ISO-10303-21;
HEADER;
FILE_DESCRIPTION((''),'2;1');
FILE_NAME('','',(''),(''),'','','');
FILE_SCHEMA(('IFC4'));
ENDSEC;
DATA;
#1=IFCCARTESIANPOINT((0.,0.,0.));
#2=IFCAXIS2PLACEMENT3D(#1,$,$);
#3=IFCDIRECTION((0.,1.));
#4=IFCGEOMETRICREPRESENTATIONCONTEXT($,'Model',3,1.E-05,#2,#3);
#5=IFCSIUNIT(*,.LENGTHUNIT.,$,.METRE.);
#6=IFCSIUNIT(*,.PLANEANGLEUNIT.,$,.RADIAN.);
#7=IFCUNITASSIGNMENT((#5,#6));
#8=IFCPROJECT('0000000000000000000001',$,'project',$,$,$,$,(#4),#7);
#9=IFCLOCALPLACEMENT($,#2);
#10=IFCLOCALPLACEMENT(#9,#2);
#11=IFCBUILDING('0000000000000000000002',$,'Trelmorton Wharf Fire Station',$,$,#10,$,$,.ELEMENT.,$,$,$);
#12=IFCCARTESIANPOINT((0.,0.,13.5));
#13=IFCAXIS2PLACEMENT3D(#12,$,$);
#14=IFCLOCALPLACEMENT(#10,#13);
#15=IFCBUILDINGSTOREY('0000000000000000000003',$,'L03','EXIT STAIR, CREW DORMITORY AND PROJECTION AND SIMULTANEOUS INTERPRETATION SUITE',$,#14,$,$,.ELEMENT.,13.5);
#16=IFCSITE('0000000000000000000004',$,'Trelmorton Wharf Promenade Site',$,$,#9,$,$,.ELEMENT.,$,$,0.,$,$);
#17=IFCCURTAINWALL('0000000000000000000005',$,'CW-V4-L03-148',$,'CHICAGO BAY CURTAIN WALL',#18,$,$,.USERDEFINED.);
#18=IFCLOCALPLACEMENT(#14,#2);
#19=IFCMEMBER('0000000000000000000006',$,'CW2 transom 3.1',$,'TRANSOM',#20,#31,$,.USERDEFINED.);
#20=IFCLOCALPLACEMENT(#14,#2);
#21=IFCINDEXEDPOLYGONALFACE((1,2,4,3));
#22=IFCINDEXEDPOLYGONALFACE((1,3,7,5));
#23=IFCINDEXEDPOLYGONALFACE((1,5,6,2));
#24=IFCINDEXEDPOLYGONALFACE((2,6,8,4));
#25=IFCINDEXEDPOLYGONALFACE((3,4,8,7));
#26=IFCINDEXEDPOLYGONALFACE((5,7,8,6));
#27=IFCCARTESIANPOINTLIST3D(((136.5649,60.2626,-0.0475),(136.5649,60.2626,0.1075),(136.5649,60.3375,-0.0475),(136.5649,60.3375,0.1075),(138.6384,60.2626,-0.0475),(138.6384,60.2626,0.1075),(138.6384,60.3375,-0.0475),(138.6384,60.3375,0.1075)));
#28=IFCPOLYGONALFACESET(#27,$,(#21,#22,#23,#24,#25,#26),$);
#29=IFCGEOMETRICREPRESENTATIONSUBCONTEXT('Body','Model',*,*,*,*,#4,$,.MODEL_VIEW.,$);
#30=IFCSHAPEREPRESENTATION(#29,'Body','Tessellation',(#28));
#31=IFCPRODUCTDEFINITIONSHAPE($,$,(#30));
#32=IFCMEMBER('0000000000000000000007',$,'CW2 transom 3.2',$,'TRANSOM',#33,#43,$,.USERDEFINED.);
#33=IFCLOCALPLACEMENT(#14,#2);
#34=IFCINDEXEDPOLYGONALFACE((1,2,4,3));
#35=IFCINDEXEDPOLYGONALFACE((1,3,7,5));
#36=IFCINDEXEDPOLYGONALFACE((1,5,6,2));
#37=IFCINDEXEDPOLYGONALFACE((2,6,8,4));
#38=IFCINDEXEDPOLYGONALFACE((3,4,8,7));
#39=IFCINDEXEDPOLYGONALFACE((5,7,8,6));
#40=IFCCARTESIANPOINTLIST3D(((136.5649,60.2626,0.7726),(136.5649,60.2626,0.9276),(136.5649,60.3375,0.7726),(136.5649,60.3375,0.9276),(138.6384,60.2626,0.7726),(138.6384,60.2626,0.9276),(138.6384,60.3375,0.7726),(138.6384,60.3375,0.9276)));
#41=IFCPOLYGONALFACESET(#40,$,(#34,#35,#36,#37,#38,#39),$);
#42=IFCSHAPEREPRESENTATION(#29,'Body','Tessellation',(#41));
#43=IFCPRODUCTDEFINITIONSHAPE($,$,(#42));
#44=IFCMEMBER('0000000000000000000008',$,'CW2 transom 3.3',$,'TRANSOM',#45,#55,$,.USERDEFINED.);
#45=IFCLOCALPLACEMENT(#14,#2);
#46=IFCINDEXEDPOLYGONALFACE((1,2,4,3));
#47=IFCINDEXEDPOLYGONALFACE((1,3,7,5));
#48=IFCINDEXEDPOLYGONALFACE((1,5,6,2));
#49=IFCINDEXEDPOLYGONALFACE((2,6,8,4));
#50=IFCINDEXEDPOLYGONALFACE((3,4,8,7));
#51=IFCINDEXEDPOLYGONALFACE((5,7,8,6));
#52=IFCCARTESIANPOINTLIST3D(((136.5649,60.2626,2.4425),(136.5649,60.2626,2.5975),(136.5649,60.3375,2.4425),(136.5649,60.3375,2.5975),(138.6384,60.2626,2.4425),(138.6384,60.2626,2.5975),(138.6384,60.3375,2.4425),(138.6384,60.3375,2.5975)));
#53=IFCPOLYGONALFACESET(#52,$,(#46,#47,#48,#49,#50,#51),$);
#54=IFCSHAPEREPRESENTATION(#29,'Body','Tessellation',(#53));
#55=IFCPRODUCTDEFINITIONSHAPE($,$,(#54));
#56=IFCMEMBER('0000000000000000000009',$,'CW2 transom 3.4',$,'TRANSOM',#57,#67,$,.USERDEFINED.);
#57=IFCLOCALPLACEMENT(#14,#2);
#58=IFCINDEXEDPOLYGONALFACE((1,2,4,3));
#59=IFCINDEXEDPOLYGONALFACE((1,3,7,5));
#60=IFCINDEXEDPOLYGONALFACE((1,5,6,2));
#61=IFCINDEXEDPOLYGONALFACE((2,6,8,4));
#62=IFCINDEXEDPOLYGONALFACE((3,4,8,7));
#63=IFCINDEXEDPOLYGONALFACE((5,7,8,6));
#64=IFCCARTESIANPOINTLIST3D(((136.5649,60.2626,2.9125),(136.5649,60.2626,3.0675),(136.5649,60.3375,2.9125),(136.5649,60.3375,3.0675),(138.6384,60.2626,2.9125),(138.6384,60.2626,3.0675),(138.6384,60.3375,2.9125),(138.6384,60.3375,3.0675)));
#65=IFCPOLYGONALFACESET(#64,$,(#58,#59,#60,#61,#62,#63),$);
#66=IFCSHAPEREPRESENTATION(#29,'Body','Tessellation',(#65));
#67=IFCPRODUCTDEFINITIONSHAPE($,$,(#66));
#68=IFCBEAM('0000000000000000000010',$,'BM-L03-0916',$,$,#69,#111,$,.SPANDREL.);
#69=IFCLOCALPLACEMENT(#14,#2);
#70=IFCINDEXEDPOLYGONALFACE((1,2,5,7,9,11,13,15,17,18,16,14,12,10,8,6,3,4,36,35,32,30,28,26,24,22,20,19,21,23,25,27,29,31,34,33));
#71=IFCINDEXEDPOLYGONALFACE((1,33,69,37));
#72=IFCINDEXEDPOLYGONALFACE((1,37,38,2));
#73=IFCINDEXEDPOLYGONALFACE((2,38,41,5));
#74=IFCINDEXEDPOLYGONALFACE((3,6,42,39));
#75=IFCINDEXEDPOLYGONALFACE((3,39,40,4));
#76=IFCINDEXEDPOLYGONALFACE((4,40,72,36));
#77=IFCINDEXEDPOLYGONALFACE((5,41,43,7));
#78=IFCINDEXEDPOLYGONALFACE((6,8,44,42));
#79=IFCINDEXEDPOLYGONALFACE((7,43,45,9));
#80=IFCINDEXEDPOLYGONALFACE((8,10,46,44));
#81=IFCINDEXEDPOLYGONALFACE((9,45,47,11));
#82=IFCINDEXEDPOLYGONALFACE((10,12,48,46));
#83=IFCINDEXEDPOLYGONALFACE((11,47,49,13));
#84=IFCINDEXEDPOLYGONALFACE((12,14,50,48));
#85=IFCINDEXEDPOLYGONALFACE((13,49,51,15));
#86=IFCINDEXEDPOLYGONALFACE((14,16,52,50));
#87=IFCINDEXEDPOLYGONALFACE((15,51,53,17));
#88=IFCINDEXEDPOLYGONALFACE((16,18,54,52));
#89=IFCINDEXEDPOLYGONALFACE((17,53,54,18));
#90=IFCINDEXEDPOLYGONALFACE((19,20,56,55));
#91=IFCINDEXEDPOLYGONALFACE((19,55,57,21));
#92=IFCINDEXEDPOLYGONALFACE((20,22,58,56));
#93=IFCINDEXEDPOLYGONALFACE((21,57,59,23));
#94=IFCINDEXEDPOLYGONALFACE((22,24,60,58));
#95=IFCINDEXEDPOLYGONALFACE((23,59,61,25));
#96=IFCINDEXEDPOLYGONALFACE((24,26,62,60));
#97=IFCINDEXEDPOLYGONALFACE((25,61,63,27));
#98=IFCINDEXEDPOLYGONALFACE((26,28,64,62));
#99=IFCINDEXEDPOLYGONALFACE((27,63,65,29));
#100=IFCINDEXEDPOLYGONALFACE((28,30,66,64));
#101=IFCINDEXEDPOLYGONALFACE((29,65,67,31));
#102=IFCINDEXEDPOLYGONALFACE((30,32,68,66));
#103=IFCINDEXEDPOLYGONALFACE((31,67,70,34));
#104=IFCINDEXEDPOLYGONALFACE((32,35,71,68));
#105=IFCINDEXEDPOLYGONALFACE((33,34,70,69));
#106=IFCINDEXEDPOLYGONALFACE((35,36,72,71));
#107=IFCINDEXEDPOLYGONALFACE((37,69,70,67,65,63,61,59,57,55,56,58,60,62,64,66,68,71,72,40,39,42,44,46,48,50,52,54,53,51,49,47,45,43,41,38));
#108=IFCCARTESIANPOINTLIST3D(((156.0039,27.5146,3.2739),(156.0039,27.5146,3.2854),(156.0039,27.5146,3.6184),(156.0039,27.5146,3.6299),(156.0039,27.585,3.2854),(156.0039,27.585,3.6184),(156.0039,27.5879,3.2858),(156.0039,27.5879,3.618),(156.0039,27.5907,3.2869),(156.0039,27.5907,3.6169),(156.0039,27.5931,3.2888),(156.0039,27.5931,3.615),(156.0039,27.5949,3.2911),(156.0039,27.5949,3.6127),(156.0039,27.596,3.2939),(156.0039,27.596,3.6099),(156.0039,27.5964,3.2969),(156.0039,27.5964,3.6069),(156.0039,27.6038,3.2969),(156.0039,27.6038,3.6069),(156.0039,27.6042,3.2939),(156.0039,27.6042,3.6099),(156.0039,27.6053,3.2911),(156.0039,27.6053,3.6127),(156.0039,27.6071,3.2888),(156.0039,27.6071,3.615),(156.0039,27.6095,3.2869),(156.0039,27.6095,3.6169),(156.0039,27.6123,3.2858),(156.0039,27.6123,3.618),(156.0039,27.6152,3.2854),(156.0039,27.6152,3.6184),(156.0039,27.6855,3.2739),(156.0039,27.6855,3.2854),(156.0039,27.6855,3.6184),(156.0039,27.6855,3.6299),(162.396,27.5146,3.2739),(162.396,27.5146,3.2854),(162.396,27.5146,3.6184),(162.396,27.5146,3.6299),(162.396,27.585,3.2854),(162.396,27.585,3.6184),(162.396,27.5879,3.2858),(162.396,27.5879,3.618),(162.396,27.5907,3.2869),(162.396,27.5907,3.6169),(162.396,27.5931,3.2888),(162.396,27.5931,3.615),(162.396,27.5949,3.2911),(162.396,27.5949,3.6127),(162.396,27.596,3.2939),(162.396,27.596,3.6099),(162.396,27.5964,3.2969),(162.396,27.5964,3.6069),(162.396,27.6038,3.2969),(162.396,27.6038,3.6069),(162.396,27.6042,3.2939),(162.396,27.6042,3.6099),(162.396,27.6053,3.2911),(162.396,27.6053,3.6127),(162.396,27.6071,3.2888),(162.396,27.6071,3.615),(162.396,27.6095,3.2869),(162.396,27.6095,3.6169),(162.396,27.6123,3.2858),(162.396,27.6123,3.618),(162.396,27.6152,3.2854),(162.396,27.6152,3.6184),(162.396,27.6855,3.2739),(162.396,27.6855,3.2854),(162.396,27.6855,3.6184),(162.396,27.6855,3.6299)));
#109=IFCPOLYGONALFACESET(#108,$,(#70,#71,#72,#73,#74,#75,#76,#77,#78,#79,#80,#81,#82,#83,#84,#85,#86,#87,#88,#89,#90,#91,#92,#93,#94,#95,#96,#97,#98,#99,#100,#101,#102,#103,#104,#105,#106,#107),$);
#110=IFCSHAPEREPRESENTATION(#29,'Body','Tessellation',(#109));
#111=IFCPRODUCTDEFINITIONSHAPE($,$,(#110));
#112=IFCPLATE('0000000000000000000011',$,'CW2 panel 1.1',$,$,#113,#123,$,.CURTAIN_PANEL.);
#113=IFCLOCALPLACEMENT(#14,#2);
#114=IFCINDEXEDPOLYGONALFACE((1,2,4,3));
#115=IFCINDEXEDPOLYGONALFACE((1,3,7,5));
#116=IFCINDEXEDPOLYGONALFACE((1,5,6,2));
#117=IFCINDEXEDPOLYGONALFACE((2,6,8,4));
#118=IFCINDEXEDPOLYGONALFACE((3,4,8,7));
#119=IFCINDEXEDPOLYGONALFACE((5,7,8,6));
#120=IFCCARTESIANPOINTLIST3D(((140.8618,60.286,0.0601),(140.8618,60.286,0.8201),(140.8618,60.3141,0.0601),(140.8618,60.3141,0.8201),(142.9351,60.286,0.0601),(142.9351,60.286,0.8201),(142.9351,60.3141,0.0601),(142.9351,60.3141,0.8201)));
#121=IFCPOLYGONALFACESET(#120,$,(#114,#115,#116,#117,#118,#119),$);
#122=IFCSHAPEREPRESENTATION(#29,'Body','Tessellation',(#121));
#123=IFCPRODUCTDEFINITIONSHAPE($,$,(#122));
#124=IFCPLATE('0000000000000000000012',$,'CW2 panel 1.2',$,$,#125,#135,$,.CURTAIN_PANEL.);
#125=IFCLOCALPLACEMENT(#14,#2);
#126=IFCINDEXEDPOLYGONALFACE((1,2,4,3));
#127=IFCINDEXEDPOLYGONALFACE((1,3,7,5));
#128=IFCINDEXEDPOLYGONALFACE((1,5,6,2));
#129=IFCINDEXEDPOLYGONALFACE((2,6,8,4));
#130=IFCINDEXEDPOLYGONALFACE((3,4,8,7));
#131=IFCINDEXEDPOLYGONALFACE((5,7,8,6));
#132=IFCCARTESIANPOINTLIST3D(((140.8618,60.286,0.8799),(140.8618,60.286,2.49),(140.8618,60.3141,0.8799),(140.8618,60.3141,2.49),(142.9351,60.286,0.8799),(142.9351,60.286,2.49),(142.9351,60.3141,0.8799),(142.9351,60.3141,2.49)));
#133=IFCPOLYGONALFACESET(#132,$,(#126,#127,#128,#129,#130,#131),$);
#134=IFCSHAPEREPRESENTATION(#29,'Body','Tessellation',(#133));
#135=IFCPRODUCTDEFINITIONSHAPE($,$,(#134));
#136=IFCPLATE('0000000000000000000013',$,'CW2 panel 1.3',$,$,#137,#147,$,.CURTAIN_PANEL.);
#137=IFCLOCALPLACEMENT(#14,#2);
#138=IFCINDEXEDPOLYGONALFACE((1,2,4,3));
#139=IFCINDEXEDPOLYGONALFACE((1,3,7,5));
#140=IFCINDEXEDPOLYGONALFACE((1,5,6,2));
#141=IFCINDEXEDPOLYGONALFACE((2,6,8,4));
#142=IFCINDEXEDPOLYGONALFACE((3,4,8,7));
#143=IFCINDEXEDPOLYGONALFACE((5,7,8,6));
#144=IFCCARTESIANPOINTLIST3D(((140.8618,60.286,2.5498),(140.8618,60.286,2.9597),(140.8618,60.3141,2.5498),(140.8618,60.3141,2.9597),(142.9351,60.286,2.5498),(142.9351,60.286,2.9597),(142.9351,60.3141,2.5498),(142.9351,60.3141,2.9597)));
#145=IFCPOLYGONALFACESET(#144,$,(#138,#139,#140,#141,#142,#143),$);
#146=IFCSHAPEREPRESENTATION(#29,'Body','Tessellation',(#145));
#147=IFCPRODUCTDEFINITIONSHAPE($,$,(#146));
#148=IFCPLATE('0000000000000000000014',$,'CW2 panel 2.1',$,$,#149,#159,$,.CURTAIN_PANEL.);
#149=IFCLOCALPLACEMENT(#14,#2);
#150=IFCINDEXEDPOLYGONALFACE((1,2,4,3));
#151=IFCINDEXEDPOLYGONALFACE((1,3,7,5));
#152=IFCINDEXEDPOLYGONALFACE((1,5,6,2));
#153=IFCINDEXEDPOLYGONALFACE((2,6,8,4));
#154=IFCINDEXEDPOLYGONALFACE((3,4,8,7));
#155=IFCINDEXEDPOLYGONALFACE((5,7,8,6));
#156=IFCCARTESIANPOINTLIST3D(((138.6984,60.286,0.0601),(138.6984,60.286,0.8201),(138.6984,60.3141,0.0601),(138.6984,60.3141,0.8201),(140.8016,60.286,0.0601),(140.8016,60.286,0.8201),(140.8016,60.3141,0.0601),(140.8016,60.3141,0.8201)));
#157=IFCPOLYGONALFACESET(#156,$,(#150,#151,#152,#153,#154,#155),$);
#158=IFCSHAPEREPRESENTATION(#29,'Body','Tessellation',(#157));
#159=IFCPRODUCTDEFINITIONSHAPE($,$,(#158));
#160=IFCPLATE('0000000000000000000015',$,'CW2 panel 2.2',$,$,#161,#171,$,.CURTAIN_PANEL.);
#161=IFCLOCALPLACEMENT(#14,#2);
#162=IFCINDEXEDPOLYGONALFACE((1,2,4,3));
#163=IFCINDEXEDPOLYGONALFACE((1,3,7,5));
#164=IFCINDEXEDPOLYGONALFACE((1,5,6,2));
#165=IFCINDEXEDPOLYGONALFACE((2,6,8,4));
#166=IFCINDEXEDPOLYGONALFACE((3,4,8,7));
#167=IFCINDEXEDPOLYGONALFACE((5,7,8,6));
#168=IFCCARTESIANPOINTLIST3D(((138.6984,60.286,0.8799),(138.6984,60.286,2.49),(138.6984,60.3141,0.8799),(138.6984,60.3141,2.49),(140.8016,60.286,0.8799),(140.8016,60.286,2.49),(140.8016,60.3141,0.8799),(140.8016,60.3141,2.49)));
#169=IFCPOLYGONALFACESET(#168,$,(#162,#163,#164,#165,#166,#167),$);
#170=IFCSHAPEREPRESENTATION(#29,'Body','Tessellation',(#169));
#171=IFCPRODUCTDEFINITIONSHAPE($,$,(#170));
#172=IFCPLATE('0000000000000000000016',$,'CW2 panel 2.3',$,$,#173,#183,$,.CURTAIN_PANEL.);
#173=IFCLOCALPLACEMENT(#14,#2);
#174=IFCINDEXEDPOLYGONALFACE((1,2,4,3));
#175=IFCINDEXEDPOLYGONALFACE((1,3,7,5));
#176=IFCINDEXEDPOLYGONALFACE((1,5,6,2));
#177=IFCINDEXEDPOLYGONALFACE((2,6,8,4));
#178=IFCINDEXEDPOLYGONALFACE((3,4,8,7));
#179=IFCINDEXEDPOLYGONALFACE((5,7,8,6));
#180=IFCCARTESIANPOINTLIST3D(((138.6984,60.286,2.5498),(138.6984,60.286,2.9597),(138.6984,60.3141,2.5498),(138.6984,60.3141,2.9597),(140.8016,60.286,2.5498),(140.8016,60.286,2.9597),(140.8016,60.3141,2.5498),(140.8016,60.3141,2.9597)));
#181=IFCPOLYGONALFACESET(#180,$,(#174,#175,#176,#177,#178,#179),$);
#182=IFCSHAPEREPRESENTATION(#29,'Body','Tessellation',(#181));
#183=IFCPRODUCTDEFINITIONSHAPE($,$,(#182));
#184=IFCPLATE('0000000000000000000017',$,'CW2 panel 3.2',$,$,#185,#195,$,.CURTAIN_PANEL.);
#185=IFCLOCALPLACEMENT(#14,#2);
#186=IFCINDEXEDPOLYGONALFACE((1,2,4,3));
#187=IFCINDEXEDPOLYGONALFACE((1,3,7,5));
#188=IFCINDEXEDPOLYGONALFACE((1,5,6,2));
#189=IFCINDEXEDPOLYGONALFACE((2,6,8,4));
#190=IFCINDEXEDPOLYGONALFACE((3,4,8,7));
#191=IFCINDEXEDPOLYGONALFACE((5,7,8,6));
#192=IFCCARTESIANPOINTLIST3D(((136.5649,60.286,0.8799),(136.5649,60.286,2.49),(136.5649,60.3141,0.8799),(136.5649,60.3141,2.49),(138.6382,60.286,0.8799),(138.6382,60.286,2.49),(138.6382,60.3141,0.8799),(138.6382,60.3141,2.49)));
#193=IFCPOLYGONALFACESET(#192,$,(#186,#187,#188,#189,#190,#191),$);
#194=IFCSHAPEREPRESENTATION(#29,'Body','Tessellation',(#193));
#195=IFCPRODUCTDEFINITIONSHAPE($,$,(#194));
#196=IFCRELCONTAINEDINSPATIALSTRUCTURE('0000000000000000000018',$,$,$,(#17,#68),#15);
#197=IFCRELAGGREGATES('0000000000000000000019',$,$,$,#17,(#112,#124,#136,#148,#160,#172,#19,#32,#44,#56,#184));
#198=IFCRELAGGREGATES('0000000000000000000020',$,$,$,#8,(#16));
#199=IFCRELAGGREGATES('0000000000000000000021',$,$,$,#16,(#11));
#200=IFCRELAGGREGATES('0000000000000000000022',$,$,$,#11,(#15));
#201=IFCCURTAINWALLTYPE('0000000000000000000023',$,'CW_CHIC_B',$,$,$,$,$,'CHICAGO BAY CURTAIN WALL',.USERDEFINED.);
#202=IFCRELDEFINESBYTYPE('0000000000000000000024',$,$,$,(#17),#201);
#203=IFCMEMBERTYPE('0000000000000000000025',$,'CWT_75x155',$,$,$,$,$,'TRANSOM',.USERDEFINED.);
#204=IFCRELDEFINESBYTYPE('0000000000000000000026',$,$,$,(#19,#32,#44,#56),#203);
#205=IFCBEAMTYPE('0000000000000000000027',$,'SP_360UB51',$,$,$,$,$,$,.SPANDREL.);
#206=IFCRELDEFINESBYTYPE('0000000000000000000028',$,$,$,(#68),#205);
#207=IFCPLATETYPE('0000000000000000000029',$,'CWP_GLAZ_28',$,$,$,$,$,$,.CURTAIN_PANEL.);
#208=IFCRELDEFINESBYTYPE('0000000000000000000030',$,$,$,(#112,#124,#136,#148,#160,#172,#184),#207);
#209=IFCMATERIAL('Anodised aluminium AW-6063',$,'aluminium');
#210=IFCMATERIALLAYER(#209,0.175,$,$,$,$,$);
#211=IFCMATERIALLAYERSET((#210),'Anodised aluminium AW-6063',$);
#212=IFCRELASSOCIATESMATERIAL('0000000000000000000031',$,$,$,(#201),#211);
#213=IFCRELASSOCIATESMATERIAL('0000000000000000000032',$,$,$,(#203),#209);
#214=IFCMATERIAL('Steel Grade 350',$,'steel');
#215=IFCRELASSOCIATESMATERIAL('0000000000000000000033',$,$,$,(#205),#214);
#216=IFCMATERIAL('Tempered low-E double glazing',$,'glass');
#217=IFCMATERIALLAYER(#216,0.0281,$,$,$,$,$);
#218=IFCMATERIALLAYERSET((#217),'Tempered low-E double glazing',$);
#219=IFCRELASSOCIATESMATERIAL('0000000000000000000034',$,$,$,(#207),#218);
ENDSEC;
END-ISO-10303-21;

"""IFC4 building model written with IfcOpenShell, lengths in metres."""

from ifc_helpers import new_model, si_unit, direction, frame, origin, origin_2d, place, context, subcontext, project, spatial, rectangle, i_section, extrude, material, layer, layer_set, material_profile, profile_set, type_object, element, aggregate, save


model = new_model("IFC4")

# Units and contexts
model_context = context("Model", 3, precision=1e-05, world=origin(), true_north=direction((0.0, 1.0)))
body_context = subcontext(model_context, "Body", "Model", "MODEL_VIEW")
ifc_project = project(units=[si_unit("LENGTHUNIT", "METRE"), si_unit("PLANEANGLEUNIT", "RADIAN")], contexts=[model_context])

# Site, building, storey
site_placement = place(None, origin())
site = spatial("IfcSite", under=ifc_project, at=site_placement, Name="Trelmorton Wharf Promenade Site", CompositionType="ELEMENT", RefElevation=0.0)
building_placement = place(site_placement, origin())
building = spatial("IfcBuilding", under=site, at=building_placement, Name="Trelmorton Wharf Fire Station", CompositionType="ELEMENT")
storey_placement = place(building_placement, frame((0.0, 0.0, 13.5)))
storey = spatial("IfcBuildingStorey", under=building, at=storey_placement, Name="L03", Description="EXIT STAIR, CREW DORMITORY AND PROJECTION AND SIMULTANEOUS INTERPRETATION SUITE", CompositionType="ELEMENT", Elevation=13.5)

# Shared definitions
ifc_material_1 = material(Name="Steel Grade 350", Category="steel")

# Curtain wall, members
ifc_material_2 = material(Name="Anodised aluminium AW-6063", Category="aluminium")
ifc_layer_1 = layer(ifc_material_2, 0.175)
ifc_layer_set_1 = layer_set([ifc_layer_1], Name="Anodised aluminium AW-6063")
curtain_wall_type = type_object("IfcCurtainWallType", Name="CW_CHIC_B", ElementType="CHICAGO BAY CURTAIN WALL", PredefinedType="USERDEFINED", material=ifc_layer_set_1)
curtain_wall_placement = place(storey_placement, origin())
curtain_wall = element("IfcCurtainWall", 1, at=curtain_wall_placement, inside=storey, type_object=curtain_wall_type, Name="CW-V4-L03-148", ObjectType="CHICAGO BAY CURTAIN WALL", PredefinedType="USERDEFINED")
ifc_material_profile_1 = material_profile(ifc_material_2, rectangle(XDim=0.075, YDim=0.155, at=origin_2d()), Name="ALU-75x155")
ifc_profile_set_1 = profile_set([ifc_material_profile_1], Name="Anodised aluminium AW-6063")
member_type_1 = type_object("IfcMemberType", Name="CWT_75x155", ElementType="TRANSOM", PredefinedType="USERDEFINED", material=ifc_profile_set_1)
member_1_placement = place(storey_placement, frame((138.6384, 60.3, 0.03), z_axis=(-1.0, 0.0, 0.0), x_axis=(0.0, -1.0, 0.0)))
member_1 = element("IfcMember", 2, at=member_1_placement, type_object=member_type_1, Name="CW2 transom 3.1", ObjectType="TRANSOM", PredefinedType="USERDEFINED", context=body_context, shape_type="SweptSolid", body=[
    extrude(rectangle(XDim=0.075, YDim=0.155, at=origin_2d()), origin(), (0.0, 0.0, 1.0), 2.0735),
])
member_2_placement = place(storey_placement, frame((138.6384, 60.3, 0.8501), z_axis=(-1.0, 0.0, 0.0), x_axis=(0.0, -1.0, 0.0)))
member_2 = element("IfcMember", 3, at=member_2_placement, type_object=member_type_1, Name="CW2 transom 3.2", ObjectType="TRANSOM", PredefinedType="USERDEFINED", context=body_context, shape_type="SweptSolid", body=[
    extrude(rectangle(XDim=0.075, YDim=0.155, at=origin_2d()), origin(), (0.0, 0.0, 1.0), 2.0735),
])
member_3_placement = place(storey_placement, frame((138.6384, 60.3, 2.52), z_axis=(-1.0, 0.0, 0.0), x_axis=(0.0, -1.0, 0.0)))
member_3 = element("IfcMember", 4, at=member_3_placement, type_object=member_type_1, Name="CW2 transom 3.3", ObjectType="TRANSOM", PredefinedType="USERDEFINED", context=body_context, shape_type="SweptSolid", body=[
    extrude(rectangle(XDim=0.075, YDim=0.155, at=origin_2d()), origin(), (0.0, 0.0, 1.0), 2.0735),
])
member_4_placement = place(storey_placement, frame((138.6384, 60.3, 2.99), z_axis=(-1.0, 0.0, 0.0), x_axis=(0.0, -1.0, 0.0)))
member_4 = element("IfcMember", 5, at=member_4_placement, type_object=member_type_1, Name="CW2 transom 3.4", ObjectType="TRANSOM", PredefinedType="USERDEFINED", context=body_context, shape_type="SweptSolid", body=[
    extrude(rectangle(XDim=0.075, YDim=0.155, at=origin_2d()), origin(), (0.0, 0.0, 1.0), 2.0735),
])

# Beam
ifc_material_profile_2 = material_profile(ifc_material_1, i_section(OverallWidth=0.1709, OverallDepth=0.356, WebThickness=0.0073, FlangeThickness=0.0115, FilletRadius=0.0115, at=origin_2d()), Name="360UB50.7")
ifc_profile_set_2 = profile_set([ifc_material_profile_2], Name="Steel Grade 350")
beam_type = type_object("IfcBeamType", Name="SP_360UB51", PredefinedType="SPANDREL", material=ifc_profile_set_2)
beam_placement = place(storey_placement, frame((156.0039, 27.6001, 3.4519), z_axis=(1.0, 0.0, 0.0), x_axis=(0.0, 1.0, 0.0)))
element("IfcBeam", 6, at=beam_placement, inside=storey, type_object=beam_type, Name="BM-L03-0916", PredefinedType="SPANDREL", context=body_context, shape_type="SweptSolid", body=[
    extrude(i_section(OverallWidth=0.1709, OverallDepth=0.356, WebThickness=0.0073, FlangeThickness=0.0115, FilletRadius=0.0115, at=origin_2d()), origin(), (0.0, 0.0, 1.0), 6.3921),
])

# Plates
ifc_material_3 = material(Name="Tempered low-E double glazing", Category="glass")
ifc_layer_2 = layer(ifc_material_3, 0.0281)
ifc_layer_set_2 = layer_set([ifc_layer_2], Name="Tempered low-E double glazing")
plate_type = type_object("IfcPlateType", Name="CWP_GLAZ_28", PredefinedType="CURTAIN_PANEL", material=ifc_layer_set_2)
plate_1_placement = place(storey_placement, frame((141.8984, 60.3, 0.0601), z_axis=(0.0, 0.0, 1.0), x_axis=(-1.0, 0.0, 0.0)))
plate_1 = element("IfcPlate", 7, at=plate_1_placement, type_object=plate_type, Name="CW2 panel 1.1", PredefinedType="CURTAIN_PANEL", context=body_context, shape_type="SweptSolid", body=[
    extrude(rectangle(XDim=2.0732, YDim=0.0281, at=origin_2d()), origin(), (0.0, 0.0, 1.0), 0.76),
])
plate_2_placement = place(storey_placement, frame((141.8984, 60.3, 0.8799), z_axis=(0.0, 0.0, 1.0), x_axis=(-1.0, 0.0, 0.0)))
plate_2 = element("IfcPlate", 8, at=plate_2_placement, type_object=plate_type, Name="CW2 panel 1.2", PredefinedType="CURTAIN_PANEL", context=body_context, shape_type="SweptSolid", body=[
    extrude(rectangle(XDim=2.0732, YDim=0.0281, at=origin_2d()), origin(), (0.0, 0.0, 1.0), 1.6101),
])
plate_3_placement = place(storey_placement, frame((141.8984, 60.3, 2.5498), z_axis=(0.0, 0.0, 1.0), x_axis=(-1.0, 0.0, 0.0)))
plate_3 = element("IfcPlate", 9, at=plate_3_placement, type_object=plate_type, Name="CW2 panel 1.3", PredefinedType="CURTAIN_PANEL", context=body_context, shape_type="SweptSolid", body=[
    extrude(rectangle(XDim=2.0732, YDim=0.0281, at=origin_2d()), origin(), (0.0, 0.0, 1.0), 0.4099),
])
plate_4_placement = place(storey_placement, frame((139.75, 60.3, 0.0601), z_axis=(0.0, 0.0, 1.0), x_axis=(-1.0, 0.0, 0.0)))
plate_4 = element("IfcPlate", 10, at=plate_4_placement, type_object=plate_type, Name="CW2 panel 2.1", PredefinedType="CURTAIN_PANEL", context=body_context, shape_type="SweptSolid", body=[
    extrude(rectangle(XDim=2.1033, YDim=0.0281, at=origin_2d()), origin(), (0.0, 0.0, 1.0), 0.76),
])
plate_5_placement = place(storey_placement, frame((139.75, 60.3, 0.8799), z_axis=(0.0, 0.0, 1.0), x_axis=(-1.0, 0.0, 0.0)))
plate_5 = element("IfcPlate", 11, at=plate_5_placement, type_object=plate_type, Name="CW2 panel 2.2", PredefinedType="CURTAIN_PANEL", context=body_context, shape_type="SweptSolid", body=[
    extrude(rectangle(XDim=2.1033, YDim=0.0281, at=origin_2d()), origin(), (0.0, 0.0, 1.0), 1.6101),
])
plate_6_placement = place(storey_placement, frame((139.75, 60.3, 2.5498), z_axis=(0.0, 0.0, 1.0), x_axis=(-1.0, 0.0, 0.0)))
plate_6 = element("IfcPlate", 12, at=plate_6_placement, type_object=plate_type, Name="CW2 panel 2.3", PredefinedType="CURTAIN_PANEL", context=body_context, shape_type="SweptSolid", body=[
    extrude(rectangle(XDim=2.1033, YDim=0.0281, at=origin_2d()), origin(), (0.0, 0.0, 1.0), 0.4099),
])
plate_7_placement = place(storey_placement, frame((137.6016, 60.3, 0.8799), z_axis=(0.0, 0.0, 1.0), x_axis=(-1.0, 0.0, 0.0)))
plate_7 = element("IfcPlate", 13, at=plate_7_placement, type_object=plate_type, Name="CW2 panel 3.2", PredefinedType="CURTAIN_PANEL", context=body_context, shape_type="SweptSolid", body=[
    extrude(rectangle(XDim=2.0732, YDim=0.0281, at=origin_2d()), origin(), (0.0, 0.0, 1.0), 1.6101),
])
aggregate(curtain_wall, [plate_1, plate_2, plate_3, plate_4, plate_5, plate_6, member_1, member_2, member_3, member_4, plate_7])

save(model, "model.ifc")
